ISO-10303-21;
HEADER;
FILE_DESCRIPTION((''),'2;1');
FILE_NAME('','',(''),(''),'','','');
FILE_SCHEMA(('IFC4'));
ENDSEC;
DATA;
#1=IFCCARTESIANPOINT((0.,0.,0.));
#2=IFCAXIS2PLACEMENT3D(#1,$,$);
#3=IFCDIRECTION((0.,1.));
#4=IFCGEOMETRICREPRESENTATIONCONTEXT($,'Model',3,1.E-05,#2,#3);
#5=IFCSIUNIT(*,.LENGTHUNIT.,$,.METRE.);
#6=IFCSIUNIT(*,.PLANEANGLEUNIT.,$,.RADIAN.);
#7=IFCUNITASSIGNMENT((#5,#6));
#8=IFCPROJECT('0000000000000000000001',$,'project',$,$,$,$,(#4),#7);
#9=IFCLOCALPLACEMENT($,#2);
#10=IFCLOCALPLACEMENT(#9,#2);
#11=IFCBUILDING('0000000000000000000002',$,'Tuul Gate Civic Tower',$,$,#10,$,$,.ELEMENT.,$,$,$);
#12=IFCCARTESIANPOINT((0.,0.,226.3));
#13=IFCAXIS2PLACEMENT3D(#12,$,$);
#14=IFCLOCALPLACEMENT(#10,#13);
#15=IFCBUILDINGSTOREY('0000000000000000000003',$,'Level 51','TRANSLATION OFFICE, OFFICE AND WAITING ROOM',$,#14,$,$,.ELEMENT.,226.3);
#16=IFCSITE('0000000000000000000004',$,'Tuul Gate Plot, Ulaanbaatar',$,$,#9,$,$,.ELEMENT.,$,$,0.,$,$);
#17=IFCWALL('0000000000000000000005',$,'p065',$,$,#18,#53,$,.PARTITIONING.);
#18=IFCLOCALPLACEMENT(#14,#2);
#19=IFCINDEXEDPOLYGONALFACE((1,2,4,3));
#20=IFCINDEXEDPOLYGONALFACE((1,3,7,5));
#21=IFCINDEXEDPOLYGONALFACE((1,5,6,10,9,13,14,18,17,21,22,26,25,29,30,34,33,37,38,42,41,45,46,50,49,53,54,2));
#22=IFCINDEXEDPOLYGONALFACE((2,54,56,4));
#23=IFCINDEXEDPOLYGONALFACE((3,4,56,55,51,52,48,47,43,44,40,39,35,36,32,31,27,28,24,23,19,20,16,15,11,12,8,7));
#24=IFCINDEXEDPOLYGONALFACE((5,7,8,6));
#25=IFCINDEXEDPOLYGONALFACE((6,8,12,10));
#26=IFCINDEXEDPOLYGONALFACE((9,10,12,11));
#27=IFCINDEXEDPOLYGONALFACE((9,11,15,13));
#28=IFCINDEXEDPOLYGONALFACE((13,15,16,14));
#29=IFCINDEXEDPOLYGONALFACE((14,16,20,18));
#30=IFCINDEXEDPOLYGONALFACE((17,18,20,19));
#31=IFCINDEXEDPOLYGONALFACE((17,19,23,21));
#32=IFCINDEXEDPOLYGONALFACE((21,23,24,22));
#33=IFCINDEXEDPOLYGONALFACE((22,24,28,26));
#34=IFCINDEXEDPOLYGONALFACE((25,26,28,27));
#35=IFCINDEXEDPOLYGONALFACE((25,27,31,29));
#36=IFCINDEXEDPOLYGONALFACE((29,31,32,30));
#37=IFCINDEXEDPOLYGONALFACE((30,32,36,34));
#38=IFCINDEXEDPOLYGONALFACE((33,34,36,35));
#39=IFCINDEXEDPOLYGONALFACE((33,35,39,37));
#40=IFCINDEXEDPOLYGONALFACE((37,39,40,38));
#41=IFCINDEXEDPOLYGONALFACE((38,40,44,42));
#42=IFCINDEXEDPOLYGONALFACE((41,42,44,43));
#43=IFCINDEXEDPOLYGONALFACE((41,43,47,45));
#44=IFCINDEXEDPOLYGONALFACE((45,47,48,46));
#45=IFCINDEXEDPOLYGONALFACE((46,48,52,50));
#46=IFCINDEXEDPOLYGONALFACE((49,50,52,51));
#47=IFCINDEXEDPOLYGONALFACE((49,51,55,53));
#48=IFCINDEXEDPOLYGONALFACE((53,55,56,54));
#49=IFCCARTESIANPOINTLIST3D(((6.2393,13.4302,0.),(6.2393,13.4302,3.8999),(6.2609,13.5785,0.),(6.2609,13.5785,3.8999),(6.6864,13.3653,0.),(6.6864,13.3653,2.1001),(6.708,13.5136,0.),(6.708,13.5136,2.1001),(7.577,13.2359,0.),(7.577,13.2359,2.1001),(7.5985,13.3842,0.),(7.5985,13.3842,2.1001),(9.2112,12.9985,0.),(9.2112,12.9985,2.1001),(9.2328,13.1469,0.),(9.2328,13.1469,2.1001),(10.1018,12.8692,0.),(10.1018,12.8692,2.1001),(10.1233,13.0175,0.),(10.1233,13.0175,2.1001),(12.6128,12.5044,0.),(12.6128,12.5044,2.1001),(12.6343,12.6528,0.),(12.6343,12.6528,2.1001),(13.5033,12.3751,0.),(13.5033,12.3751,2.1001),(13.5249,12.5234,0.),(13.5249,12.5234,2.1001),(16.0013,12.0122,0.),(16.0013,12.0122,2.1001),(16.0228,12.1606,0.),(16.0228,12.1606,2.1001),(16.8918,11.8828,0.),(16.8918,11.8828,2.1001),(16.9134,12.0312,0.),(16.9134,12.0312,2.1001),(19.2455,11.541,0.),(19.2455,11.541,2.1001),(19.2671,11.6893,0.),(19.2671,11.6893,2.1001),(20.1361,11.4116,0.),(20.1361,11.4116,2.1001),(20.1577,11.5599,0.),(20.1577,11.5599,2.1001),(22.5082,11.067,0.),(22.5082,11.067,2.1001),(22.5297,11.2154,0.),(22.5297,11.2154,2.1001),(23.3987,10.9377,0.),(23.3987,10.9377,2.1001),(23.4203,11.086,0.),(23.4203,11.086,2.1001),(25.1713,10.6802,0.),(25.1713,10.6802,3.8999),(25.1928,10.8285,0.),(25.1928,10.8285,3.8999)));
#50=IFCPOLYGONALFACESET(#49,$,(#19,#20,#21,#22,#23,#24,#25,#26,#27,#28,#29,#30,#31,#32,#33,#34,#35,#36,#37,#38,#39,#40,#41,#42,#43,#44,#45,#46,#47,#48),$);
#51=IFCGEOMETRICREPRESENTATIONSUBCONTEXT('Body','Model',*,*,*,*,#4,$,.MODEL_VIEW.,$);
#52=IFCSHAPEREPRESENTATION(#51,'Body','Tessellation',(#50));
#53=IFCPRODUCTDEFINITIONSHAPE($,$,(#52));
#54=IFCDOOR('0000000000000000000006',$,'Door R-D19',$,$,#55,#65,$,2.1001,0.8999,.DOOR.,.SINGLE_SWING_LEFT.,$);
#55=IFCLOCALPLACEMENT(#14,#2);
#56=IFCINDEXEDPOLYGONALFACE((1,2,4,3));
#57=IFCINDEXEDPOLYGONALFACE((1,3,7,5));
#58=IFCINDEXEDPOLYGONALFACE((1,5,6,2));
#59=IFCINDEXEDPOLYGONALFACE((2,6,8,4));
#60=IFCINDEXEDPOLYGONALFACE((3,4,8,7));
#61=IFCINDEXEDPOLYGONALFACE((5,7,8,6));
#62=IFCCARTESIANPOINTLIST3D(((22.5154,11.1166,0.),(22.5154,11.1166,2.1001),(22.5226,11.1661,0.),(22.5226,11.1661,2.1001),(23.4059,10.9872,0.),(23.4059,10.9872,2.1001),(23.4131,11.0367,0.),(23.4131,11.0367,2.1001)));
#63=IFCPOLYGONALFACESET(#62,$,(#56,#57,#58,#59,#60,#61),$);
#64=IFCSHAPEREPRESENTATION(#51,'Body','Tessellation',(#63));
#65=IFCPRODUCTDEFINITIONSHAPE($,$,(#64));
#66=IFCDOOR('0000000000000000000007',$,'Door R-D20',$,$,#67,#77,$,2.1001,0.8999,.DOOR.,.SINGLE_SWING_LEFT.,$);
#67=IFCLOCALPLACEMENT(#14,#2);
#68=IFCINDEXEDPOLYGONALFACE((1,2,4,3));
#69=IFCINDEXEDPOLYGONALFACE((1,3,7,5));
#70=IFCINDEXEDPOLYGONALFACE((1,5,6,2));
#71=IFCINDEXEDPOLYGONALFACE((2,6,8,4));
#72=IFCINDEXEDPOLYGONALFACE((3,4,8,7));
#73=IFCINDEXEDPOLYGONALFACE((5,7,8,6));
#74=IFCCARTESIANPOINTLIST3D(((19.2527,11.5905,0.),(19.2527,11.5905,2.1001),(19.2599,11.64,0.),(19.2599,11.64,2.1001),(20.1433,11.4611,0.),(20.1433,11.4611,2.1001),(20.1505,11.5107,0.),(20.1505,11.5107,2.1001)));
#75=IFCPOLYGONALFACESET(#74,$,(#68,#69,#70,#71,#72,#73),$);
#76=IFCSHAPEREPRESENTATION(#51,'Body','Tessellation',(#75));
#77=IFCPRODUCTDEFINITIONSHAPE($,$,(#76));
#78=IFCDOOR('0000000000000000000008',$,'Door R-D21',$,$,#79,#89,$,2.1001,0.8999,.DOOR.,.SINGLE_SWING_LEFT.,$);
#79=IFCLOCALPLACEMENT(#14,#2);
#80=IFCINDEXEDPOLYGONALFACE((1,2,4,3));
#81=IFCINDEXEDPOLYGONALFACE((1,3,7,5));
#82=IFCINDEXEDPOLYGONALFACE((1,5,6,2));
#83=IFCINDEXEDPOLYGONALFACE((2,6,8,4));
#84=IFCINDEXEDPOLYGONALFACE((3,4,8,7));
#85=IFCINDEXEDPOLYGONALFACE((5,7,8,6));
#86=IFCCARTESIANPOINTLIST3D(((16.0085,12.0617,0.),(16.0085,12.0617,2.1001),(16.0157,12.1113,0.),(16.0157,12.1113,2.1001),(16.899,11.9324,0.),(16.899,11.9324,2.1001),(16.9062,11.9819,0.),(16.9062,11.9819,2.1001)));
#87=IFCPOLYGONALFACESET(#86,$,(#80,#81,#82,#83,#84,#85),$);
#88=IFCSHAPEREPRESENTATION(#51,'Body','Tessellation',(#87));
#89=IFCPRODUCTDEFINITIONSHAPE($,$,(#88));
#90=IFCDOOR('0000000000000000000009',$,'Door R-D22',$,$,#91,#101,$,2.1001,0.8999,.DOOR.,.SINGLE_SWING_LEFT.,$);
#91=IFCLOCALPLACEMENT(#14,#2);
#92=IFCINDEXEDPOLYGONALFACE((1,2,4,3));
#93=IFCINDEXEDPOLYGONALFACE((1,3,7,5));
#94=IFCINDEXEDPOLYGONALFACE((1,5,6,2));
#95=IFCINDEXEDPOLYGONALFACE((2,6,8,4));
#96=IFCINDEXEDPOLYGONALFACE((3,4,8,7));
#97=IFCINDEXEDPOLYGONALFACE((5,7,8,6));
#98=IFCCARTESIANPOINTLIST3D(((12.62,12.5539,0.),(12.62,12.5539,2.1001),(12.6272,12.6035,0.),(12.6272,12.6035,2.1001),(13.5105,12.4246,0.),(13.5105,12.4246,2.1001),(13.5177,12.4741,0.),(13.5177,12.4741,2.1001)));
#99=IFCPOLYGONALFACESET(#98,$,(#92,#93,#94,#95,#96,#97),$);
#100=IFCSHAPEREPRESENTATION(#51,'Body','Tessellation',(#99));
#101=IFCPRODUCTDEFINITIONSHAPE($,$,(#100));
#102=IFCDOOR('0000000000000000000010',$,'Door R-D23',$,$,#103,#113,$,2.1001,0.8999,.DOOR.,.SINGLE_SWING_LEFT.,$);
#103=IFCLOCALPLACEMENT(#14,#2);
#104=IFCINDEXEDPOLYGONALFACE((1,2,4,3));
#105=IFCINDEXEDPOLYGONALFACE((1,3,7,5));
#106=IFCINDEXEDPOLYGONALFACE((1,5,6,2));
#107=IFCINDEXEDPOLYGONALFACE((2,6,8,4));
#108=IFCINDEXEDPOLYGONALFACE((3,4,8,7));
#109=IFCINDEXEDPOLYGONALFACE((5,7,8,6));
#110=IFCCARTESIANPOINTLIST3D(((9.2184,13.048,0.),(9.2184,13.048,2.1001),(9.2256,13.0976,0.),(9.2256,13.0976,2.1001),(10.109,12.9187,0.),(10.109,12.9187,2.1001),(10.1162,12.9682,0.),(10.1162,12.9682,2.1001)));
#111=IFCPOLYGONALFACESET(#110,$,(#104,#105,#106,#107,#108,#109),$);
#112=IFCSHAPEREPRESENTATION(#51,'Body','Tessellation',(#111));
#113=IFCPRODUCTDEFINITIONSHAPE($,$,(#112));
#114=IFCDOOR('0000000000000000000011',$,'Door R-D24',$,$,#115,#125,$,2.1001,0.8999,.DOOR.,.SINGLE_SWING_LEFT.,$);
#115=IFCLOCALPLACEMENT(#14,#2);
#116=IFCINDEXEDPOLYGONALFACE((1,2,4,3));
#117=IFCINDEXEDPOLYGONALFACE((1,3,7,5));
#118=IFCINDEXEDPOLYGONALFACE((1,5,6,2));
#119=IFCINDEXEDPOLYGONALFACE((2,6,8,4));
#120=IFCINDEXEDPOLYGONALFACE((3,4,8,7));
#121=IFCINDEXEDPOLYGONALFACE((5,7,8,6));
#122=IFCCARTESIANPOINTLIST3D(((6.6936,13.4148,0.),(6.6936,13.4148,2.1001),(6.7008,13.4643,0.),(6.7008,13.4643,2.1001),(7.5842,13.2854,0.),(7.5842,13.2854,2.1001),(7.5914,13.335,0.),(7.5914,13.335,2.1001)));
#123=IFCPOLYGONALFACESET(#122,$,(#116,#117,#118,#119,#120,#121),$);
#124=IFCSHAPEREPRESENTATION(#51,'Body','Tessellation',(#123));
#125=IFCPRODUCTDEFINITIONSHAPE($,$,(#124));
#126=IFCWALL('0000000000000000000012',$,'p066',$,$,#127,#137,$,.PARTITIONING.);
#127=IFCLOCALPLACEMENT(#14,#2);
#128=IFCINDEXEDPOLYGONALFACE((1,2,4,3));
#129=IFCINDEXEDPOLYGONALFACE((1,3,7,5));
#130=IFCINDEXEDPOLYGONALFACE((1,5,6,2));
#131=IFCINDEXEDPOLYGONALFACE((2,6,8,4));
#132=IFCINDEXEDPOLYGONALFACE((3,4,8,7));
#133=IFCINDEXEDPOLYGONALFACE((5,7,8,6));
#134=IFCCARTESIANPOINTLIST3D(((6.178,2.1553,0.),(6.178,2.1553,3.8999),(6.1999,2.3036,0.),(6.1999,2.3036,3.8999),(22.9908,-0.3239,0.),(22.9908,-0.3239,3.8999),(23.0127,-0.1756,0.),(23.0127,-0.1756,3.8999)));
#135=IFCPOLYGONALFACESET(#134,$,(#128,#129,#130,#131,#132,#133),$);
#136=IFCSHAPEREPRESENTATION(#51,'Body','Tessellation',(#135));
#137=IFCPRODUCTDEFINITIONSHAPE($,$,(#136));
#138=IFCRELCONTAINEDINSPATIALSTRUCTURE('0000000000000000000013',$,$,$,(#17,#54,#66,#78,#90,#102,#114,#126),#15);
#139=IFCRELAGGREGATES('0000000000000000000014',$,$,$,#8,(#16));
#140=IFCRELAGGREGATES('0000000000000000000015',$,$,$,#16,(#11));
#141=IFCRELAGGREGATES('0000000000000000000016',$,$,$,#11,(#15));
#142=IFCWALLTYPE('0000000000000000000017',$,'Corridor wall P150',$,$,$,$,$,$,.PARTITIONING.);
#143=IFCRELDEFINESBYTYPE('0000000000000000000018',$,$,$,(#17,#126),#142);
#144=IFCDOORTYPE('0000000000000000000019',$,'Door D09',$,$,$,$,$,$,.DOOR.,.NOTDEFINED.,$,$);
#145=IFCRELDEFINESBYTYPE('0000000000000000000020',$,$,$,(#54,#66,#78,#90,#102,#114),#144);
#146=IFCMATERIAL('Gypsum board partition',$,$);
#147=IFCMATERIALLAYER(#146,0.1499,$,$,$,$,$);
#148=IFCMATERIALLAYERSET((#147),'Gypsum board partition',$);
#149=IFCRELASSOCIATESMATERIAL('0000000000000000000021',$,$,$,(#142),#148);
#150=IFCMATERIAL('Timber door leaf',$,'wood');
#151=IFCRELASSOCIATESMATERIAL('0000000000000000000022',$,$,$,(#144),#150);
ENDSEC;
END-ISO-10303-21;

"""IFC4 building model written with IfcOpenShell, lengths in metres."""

from ifc_helpers import new_model, si_unit, direction, frame, frame_2d, origin, place, context, subcontext, project, spatial, rectangle, extrude, material, layer, layer_set, type_object, element, fill, save


model = new_model("IFC4")

# Units and contexts
model_context = context("Model", 3, precision=1e-05, world=origin(), true_north=direction((0.0, 1.0)))
body_context = subcontext(model_context, "Body", "Model", "MODEL_VIEW")
ifc_project = project(units=[si_unit("LENGTHUNIT", "METRE"), si_unit("PLANEANGLEUNIT", "RADIAN")], contexts=[model_context])

# Site, building, storey
site_placement = place(None, origin())
site = spatial("IfcSite", under=ifc_project, at=site_placement, Name="Tuul Gate Plot, Ulaanbaatar", CompositionType="ELEMENT", RefElevation=0.0)
building_placement = place(site_placement, origin())
building = spatial("IfcBuilding", under=site, at=building_placement, Name="Tuul Gate Civic Tower", CompositionType="ELEMENT")
storey_placement = place(building_placement, frame((0.0, 0.0, 226.3)))
storey = spatial("IfcBuildingStorey", under=building, at=storey_placement, Name="Level 51", Description="TRANSLATION OFFICE, OFFICE AND WAITING ROOM", CompositionType="ELEMENT", Elevation=226.3)

# Shared definitions
ifc_material_1 = material(Name="Gypsum board partition")
ifc_layer_1 = layer(ifc_material_1, 0.1499)
ifc_layer_set_1 = layer_set([ifc_layer_1], Name="Gypsum board partition")
wall_type_1 = type_object("IfcWallType", Name="Corridor wall P150", PredefinedType="PARTITIONING", material=ifc_layer_set_1)
ifc_material_2 = material(Name="Timber door leaf", Category="wood")
door_type_1 = type_object("IfcDoorType", Name="Door D09", OperationType="NOTDEFINED", PredefinedType="DOOR", material=ifc_material_2)

# Wall, openings, doors
wall_1_placement = place(storey_placement, frame((6.25, 13.5044, 0.0), z_axis=(0.0, 0.0, 1.0), x_axis=(0.989614, -0.143749, 0.0)))
wall_1 = element("IfcWall", 1, at=wall_1_placement, inside=storey, type_object=wall_type_1, Name="p065", PredefinedType="PARTITIONING", context=body_context, shape_type="SweptSolid", body=[
    extrude(rectangle(XDim=19.1306, YDim=0.1499, at=frame_2d((9.5654, 0.0))), origin(), (0.0, 0.0, 1.0), 3.8999),
])
opening_1_placement = place(wall_1_placement, frame((16.4397, 0.0, 0.0)))
opening_1 = element("IfcOpeningElement", 2, at=opening_1_placement, cuts=wall_1, PredefinedType="OPENING", context=body_context, shape_type="SweptSolid", body=[
    extrude(rectangle(XDim=0.8999, YDim=2.1001, at=frame_2d((0.45, 1.05))), frame((0.0, 0.085, 0.0), z_axis=(0.0, -1.0, 0.0), x_axis=(1.0, 0.0, 0.0)), (0.0, 0.0, 1.0), 0.1699),
])
opening_2_placement = place(wall_1_placement, frame((13.1428, 0.0, 0.0)))
opening_2 = element("IfcOpeningElement", 3, at=opening_2_placement, cuts=wall_1, PredefinedType="OPENING", context=body_context, shape_type="SweptSolid", body=[
    extrude(rectangle(XDim=0.8999, YDim=2.1001, at=frame_2d((0.45, 1.05))), frame((0.0, 0.085, 0.0), z_axis=(0.0, -1.0, 0.0), x_axis=(1.0, 0.0, 0.0)), (0.0, 0.0, 1.0), 0.1699),
])
opening_3_placement = place(wall_1_placement, frame((9.8645, 0.0, 0.0)))
opening_3 = element("IfcOpeningElement", 4, at=opening_3_placement, cuts=wall_1, PredefinedType="OPENING", context=body_context, shape_type="SweptSolid", body=[
    extrude(rectangle(XDim=0.8999, YDim=2.1001, at=frame_2d((0.45, 1.05))), frame((0.0, 0.085, 0.0), z_axis=(0.0, -1.0, 0.0), x_axis=(1.0, 0.0, 0.0)), (0.0, 0.0, 1.0), 0.1699),
])
opening_4_placement = place(wall_1_placement, frame((6.4404, 0.0, 0.0)))
opening_4 = element("IfcOpeningElement", 5, at=opening_4_placement, cuts=wall_1, PredefinedType="OPENING", context=body_context, shape_type="SweptSolid", body=[
    extrude(rectangle(XDim=0.8999, YDim=2.1001, at=frame_2d((0.45, 1.05))), frame((0.0, 0.085, 0.0), z_axis=(0.0, -1.0, 0.0), x_axis=(1.0, 0.0, 0.0)), (0.0, 0.0, 1.0), 0.1699),
])
opening_5_placement = place(wall_1_placement, frame((3.0032, 0.0, 0.0)))
opening_5 = element("IfcOpeningElement", 6, at=opening_5_placement, cuts=wall_1, PredefinedType="OPENING", context=body_context, shape_type="SweptSolid", body=[
    extrude(rectangle(XDim=0.8999, YDim=2.1001, at=frame_2d((0.45, 1.05))), frame((0.0, 0.085, 0.0), z_axis=(0.0, -1.0, 0.0), x_axis=(1.0, 0.0, 0.0)), (0.0, 0.0, 1.0), 0.1699),
])
opening_6_placement = place(wall_1_placement, frame((0.4519, 0.0, 0.0)))
opening_6 = element("IfcOpeningElement", 7, at=opening_6_placement, cuts=wall_1, PredefinedType="OPENING", context=body_context, shape_type="SweptSolid", body=[
    extrude(rectangle(XDim=0.8999, YDim=2.1001, at=frame_2d((0.45, 1.05))), frame((0.0, 0.085, 0.0), z_axis=(0.0, -1.0, 0.0), x_axis=(1.0, 0.0, 0.0)), (0.0, 0.0, 1.0), 0.1699),
])
door_1_placement = place(opening_1_placement, frame((0.8999, 0.0, 0.0), z_axis=(0.0, 0.0, 1.0), x_axis=(-1.0, 0.0, 0.0)))
door_1 = element("IfcDoor", 8, at=door_1_placement, inside=storey, type_object=door_type_1, Name="Door R-D19", OperationType="SINGLE_SWING_LEFT", OverallHeight=2.1001, OverallWidth=0.8999, PredefinedType="DOOR", context=body_context, shape_type="SweptSolid", body=[
    extrude(rectangle(XDim=0.8999, YDim=2.1001, at=frame_2d((0.45, 1.05))), frame((0.0, 0.0249, 0.0), z_axis=(0.0, -1.0, 0.0), x_axis=(1.0, 0.0, 0.0)), (0.0, 0.0, 1.0), 0.05),
])
fill(opening_1, door_1)
door_2_placement = place(opening_2_placement, frame((0.8999, 0.0, 0.0), z_axis=(0.0, 0.0, 1.0), x_axis=(-1.0, 0.0, 0.0)))
door_2 = element("IfcDoor", 9, at=door_2_placement, inside=storey, type_object=door_type_1, Name="Door R-D20", OperationType="SINGLE_SWING_LEFT", OverallHeight=2.1001, OverallWidth=0.8999, PredefinedType="DOOR", context=body_context, shape_type="SweptSolid", body=[
    extrude(rectangle(XDim=0.8999, YDim=2.1001, at=frame_2d((0.45, 1.05))), frame((0.0, 0.0249, 0.0), z_axis=(0.0, -1.0, 0.0), x_axis=(1.0, 0.0, 0.0)), (0.0, 0.0, 1.0), 0.05),
])
fill(opening_2, door_2)
door_3_placement = place(opening_3_placement, frame((0.8999, 0.0, 0.0), z_axis=(0.0, 0.0, 1.0), x_axis=(-1.0, 0.0, 0.0)))
door_3 = element("IfcDoor", 10, at=door_3_placement, inside=storey, type_object=door_type_1, Name="Door R-D21", OperationType="SINGLE_SWING_LEFT", OverallHeight=2.1001, OverallWidth=0.8999, PredefinedType="DOOR", context=body_context, shape_type="SweptSolid", body=[
    extrude(rectangle(XDim=0.8999, YDim=2.1001, at=frame_2d((0.45, 1.05))), frame((0.0, 0.0249, 0.0), z_axis=(0.0, -1.0, 0.0), x_axis=(1.0, 0.0, 0.0)), (0.0, 0.0, 1.0), 0.05),
])
fill(opening_3, door_3)
door_4_placement = place(opening_4_placement, frame((0.8999, 0.0, 0.0), z_axis=(0.0, 0.0, 1.0), x_axis=(-1.0, 0.0, 0.0)))
door_4 = element("IfcDoor", 11, at=door_4_placement, inside=storey, type_object=door_type_1, Name="Door R-D22", OperationType="SINGLE_SWING_LEFT", OverallHeight=2.1001, OverallWidth=0.8999, PredefinedType="DOOR", context=body_context, shape_type="SweptSolid", body=[
    extrude(rectangle(XDim=0.8999, YDim=2.1001, at=frame_2d((0.45, 1.05))), frame((0.0, 0.0249, 0.0), z_axis=(0.0, -1.0, 0.0), x_axis=(1.0, 0.0, 0.0)), (0.0, 0.0, 1.0), 0.05),
])
fill(opening_4, door_4)
door_5_placement = place(opening_5_placement, frame((0.8999, 0.0, 0.0), z_axis=(0.0, 0.0, 1.0), x_axis=(-1.0, 0.0, 0.0)))
door_5 = element("IfcDoor", 12, at=door_5_placement, inside=storey, type_object=door_type_1, Name="Door R-D23", OperationType="SINGLE_SWING_LEFT", OverallHeight=2.1001, OverallWidth=0.8999, PredefinedType="DOOR", context=body_context, shape_type="SweptSolid", body=[
    extrude(rectangle(XDim=0.8999, YDim=2.1001, at=frame_2d((0.45, 1.05))), frame((0.0, 0.0249, 0.0), z_axis=(0.0, -1.0, 0.0), x_axis=(1.0, 0.0, 0.0)), (0.0, 0.0, 1.0), 0.05),
])
fill(opening_5, door_5)
door_6_placement = place(opening_6_placement, frame((0.8999, 0.0, 0.0), z_axis=(0.0, 0.0, 1.0), x_axis=(-1.0, 0.0, 0.0)))
door_6 = element("IfcDoor", 13, at=door_6_placement, inside=storey, type_object=door_type_1, Name="Door R-D24", OperationType="SINGLE_SWING_LEFT", OverallHeight=2.1001, OverallWidth=0.8999, PredefinedType="DOOR", context=body_context, shape_type="SweptSolid", body=[
    extrude(rectangle(XDim=0.8999, YDim=2.1001, at=frame_2d((0.45, 1.05))), frame((0.0, 0.0249, 0.0), z_axis=(0.0, -1.0, 0.0), x_axis=(1.0, 0.0, 0.0)), (0.0, 0.0, 1.0), 0.05),
])
fill(opening_6, door_6)

# Wall
wall_2_placement = place(storey_placement, frame((6.189, 2.2295, 0.0), z_axis=(0.0, 0.0, 1.0), x_axis=(0.989302, -0.145885, 0.0)))
element("IfcWall", 14, at=wall_2_placement, inside=storey, type_object=wall_type_1, Name="p066", PredefinedType="PARTITIONING", context=body_context, shape_type="SweptSolid", body=[
    extrude(rectangle(XDim=16.9946, YDim=0.1499, at=frame_2d((8.4973, 0.0))), origin(), (0.0, 0.0, 1.0), 3.8999),
])

save(model, "model.ifc")
